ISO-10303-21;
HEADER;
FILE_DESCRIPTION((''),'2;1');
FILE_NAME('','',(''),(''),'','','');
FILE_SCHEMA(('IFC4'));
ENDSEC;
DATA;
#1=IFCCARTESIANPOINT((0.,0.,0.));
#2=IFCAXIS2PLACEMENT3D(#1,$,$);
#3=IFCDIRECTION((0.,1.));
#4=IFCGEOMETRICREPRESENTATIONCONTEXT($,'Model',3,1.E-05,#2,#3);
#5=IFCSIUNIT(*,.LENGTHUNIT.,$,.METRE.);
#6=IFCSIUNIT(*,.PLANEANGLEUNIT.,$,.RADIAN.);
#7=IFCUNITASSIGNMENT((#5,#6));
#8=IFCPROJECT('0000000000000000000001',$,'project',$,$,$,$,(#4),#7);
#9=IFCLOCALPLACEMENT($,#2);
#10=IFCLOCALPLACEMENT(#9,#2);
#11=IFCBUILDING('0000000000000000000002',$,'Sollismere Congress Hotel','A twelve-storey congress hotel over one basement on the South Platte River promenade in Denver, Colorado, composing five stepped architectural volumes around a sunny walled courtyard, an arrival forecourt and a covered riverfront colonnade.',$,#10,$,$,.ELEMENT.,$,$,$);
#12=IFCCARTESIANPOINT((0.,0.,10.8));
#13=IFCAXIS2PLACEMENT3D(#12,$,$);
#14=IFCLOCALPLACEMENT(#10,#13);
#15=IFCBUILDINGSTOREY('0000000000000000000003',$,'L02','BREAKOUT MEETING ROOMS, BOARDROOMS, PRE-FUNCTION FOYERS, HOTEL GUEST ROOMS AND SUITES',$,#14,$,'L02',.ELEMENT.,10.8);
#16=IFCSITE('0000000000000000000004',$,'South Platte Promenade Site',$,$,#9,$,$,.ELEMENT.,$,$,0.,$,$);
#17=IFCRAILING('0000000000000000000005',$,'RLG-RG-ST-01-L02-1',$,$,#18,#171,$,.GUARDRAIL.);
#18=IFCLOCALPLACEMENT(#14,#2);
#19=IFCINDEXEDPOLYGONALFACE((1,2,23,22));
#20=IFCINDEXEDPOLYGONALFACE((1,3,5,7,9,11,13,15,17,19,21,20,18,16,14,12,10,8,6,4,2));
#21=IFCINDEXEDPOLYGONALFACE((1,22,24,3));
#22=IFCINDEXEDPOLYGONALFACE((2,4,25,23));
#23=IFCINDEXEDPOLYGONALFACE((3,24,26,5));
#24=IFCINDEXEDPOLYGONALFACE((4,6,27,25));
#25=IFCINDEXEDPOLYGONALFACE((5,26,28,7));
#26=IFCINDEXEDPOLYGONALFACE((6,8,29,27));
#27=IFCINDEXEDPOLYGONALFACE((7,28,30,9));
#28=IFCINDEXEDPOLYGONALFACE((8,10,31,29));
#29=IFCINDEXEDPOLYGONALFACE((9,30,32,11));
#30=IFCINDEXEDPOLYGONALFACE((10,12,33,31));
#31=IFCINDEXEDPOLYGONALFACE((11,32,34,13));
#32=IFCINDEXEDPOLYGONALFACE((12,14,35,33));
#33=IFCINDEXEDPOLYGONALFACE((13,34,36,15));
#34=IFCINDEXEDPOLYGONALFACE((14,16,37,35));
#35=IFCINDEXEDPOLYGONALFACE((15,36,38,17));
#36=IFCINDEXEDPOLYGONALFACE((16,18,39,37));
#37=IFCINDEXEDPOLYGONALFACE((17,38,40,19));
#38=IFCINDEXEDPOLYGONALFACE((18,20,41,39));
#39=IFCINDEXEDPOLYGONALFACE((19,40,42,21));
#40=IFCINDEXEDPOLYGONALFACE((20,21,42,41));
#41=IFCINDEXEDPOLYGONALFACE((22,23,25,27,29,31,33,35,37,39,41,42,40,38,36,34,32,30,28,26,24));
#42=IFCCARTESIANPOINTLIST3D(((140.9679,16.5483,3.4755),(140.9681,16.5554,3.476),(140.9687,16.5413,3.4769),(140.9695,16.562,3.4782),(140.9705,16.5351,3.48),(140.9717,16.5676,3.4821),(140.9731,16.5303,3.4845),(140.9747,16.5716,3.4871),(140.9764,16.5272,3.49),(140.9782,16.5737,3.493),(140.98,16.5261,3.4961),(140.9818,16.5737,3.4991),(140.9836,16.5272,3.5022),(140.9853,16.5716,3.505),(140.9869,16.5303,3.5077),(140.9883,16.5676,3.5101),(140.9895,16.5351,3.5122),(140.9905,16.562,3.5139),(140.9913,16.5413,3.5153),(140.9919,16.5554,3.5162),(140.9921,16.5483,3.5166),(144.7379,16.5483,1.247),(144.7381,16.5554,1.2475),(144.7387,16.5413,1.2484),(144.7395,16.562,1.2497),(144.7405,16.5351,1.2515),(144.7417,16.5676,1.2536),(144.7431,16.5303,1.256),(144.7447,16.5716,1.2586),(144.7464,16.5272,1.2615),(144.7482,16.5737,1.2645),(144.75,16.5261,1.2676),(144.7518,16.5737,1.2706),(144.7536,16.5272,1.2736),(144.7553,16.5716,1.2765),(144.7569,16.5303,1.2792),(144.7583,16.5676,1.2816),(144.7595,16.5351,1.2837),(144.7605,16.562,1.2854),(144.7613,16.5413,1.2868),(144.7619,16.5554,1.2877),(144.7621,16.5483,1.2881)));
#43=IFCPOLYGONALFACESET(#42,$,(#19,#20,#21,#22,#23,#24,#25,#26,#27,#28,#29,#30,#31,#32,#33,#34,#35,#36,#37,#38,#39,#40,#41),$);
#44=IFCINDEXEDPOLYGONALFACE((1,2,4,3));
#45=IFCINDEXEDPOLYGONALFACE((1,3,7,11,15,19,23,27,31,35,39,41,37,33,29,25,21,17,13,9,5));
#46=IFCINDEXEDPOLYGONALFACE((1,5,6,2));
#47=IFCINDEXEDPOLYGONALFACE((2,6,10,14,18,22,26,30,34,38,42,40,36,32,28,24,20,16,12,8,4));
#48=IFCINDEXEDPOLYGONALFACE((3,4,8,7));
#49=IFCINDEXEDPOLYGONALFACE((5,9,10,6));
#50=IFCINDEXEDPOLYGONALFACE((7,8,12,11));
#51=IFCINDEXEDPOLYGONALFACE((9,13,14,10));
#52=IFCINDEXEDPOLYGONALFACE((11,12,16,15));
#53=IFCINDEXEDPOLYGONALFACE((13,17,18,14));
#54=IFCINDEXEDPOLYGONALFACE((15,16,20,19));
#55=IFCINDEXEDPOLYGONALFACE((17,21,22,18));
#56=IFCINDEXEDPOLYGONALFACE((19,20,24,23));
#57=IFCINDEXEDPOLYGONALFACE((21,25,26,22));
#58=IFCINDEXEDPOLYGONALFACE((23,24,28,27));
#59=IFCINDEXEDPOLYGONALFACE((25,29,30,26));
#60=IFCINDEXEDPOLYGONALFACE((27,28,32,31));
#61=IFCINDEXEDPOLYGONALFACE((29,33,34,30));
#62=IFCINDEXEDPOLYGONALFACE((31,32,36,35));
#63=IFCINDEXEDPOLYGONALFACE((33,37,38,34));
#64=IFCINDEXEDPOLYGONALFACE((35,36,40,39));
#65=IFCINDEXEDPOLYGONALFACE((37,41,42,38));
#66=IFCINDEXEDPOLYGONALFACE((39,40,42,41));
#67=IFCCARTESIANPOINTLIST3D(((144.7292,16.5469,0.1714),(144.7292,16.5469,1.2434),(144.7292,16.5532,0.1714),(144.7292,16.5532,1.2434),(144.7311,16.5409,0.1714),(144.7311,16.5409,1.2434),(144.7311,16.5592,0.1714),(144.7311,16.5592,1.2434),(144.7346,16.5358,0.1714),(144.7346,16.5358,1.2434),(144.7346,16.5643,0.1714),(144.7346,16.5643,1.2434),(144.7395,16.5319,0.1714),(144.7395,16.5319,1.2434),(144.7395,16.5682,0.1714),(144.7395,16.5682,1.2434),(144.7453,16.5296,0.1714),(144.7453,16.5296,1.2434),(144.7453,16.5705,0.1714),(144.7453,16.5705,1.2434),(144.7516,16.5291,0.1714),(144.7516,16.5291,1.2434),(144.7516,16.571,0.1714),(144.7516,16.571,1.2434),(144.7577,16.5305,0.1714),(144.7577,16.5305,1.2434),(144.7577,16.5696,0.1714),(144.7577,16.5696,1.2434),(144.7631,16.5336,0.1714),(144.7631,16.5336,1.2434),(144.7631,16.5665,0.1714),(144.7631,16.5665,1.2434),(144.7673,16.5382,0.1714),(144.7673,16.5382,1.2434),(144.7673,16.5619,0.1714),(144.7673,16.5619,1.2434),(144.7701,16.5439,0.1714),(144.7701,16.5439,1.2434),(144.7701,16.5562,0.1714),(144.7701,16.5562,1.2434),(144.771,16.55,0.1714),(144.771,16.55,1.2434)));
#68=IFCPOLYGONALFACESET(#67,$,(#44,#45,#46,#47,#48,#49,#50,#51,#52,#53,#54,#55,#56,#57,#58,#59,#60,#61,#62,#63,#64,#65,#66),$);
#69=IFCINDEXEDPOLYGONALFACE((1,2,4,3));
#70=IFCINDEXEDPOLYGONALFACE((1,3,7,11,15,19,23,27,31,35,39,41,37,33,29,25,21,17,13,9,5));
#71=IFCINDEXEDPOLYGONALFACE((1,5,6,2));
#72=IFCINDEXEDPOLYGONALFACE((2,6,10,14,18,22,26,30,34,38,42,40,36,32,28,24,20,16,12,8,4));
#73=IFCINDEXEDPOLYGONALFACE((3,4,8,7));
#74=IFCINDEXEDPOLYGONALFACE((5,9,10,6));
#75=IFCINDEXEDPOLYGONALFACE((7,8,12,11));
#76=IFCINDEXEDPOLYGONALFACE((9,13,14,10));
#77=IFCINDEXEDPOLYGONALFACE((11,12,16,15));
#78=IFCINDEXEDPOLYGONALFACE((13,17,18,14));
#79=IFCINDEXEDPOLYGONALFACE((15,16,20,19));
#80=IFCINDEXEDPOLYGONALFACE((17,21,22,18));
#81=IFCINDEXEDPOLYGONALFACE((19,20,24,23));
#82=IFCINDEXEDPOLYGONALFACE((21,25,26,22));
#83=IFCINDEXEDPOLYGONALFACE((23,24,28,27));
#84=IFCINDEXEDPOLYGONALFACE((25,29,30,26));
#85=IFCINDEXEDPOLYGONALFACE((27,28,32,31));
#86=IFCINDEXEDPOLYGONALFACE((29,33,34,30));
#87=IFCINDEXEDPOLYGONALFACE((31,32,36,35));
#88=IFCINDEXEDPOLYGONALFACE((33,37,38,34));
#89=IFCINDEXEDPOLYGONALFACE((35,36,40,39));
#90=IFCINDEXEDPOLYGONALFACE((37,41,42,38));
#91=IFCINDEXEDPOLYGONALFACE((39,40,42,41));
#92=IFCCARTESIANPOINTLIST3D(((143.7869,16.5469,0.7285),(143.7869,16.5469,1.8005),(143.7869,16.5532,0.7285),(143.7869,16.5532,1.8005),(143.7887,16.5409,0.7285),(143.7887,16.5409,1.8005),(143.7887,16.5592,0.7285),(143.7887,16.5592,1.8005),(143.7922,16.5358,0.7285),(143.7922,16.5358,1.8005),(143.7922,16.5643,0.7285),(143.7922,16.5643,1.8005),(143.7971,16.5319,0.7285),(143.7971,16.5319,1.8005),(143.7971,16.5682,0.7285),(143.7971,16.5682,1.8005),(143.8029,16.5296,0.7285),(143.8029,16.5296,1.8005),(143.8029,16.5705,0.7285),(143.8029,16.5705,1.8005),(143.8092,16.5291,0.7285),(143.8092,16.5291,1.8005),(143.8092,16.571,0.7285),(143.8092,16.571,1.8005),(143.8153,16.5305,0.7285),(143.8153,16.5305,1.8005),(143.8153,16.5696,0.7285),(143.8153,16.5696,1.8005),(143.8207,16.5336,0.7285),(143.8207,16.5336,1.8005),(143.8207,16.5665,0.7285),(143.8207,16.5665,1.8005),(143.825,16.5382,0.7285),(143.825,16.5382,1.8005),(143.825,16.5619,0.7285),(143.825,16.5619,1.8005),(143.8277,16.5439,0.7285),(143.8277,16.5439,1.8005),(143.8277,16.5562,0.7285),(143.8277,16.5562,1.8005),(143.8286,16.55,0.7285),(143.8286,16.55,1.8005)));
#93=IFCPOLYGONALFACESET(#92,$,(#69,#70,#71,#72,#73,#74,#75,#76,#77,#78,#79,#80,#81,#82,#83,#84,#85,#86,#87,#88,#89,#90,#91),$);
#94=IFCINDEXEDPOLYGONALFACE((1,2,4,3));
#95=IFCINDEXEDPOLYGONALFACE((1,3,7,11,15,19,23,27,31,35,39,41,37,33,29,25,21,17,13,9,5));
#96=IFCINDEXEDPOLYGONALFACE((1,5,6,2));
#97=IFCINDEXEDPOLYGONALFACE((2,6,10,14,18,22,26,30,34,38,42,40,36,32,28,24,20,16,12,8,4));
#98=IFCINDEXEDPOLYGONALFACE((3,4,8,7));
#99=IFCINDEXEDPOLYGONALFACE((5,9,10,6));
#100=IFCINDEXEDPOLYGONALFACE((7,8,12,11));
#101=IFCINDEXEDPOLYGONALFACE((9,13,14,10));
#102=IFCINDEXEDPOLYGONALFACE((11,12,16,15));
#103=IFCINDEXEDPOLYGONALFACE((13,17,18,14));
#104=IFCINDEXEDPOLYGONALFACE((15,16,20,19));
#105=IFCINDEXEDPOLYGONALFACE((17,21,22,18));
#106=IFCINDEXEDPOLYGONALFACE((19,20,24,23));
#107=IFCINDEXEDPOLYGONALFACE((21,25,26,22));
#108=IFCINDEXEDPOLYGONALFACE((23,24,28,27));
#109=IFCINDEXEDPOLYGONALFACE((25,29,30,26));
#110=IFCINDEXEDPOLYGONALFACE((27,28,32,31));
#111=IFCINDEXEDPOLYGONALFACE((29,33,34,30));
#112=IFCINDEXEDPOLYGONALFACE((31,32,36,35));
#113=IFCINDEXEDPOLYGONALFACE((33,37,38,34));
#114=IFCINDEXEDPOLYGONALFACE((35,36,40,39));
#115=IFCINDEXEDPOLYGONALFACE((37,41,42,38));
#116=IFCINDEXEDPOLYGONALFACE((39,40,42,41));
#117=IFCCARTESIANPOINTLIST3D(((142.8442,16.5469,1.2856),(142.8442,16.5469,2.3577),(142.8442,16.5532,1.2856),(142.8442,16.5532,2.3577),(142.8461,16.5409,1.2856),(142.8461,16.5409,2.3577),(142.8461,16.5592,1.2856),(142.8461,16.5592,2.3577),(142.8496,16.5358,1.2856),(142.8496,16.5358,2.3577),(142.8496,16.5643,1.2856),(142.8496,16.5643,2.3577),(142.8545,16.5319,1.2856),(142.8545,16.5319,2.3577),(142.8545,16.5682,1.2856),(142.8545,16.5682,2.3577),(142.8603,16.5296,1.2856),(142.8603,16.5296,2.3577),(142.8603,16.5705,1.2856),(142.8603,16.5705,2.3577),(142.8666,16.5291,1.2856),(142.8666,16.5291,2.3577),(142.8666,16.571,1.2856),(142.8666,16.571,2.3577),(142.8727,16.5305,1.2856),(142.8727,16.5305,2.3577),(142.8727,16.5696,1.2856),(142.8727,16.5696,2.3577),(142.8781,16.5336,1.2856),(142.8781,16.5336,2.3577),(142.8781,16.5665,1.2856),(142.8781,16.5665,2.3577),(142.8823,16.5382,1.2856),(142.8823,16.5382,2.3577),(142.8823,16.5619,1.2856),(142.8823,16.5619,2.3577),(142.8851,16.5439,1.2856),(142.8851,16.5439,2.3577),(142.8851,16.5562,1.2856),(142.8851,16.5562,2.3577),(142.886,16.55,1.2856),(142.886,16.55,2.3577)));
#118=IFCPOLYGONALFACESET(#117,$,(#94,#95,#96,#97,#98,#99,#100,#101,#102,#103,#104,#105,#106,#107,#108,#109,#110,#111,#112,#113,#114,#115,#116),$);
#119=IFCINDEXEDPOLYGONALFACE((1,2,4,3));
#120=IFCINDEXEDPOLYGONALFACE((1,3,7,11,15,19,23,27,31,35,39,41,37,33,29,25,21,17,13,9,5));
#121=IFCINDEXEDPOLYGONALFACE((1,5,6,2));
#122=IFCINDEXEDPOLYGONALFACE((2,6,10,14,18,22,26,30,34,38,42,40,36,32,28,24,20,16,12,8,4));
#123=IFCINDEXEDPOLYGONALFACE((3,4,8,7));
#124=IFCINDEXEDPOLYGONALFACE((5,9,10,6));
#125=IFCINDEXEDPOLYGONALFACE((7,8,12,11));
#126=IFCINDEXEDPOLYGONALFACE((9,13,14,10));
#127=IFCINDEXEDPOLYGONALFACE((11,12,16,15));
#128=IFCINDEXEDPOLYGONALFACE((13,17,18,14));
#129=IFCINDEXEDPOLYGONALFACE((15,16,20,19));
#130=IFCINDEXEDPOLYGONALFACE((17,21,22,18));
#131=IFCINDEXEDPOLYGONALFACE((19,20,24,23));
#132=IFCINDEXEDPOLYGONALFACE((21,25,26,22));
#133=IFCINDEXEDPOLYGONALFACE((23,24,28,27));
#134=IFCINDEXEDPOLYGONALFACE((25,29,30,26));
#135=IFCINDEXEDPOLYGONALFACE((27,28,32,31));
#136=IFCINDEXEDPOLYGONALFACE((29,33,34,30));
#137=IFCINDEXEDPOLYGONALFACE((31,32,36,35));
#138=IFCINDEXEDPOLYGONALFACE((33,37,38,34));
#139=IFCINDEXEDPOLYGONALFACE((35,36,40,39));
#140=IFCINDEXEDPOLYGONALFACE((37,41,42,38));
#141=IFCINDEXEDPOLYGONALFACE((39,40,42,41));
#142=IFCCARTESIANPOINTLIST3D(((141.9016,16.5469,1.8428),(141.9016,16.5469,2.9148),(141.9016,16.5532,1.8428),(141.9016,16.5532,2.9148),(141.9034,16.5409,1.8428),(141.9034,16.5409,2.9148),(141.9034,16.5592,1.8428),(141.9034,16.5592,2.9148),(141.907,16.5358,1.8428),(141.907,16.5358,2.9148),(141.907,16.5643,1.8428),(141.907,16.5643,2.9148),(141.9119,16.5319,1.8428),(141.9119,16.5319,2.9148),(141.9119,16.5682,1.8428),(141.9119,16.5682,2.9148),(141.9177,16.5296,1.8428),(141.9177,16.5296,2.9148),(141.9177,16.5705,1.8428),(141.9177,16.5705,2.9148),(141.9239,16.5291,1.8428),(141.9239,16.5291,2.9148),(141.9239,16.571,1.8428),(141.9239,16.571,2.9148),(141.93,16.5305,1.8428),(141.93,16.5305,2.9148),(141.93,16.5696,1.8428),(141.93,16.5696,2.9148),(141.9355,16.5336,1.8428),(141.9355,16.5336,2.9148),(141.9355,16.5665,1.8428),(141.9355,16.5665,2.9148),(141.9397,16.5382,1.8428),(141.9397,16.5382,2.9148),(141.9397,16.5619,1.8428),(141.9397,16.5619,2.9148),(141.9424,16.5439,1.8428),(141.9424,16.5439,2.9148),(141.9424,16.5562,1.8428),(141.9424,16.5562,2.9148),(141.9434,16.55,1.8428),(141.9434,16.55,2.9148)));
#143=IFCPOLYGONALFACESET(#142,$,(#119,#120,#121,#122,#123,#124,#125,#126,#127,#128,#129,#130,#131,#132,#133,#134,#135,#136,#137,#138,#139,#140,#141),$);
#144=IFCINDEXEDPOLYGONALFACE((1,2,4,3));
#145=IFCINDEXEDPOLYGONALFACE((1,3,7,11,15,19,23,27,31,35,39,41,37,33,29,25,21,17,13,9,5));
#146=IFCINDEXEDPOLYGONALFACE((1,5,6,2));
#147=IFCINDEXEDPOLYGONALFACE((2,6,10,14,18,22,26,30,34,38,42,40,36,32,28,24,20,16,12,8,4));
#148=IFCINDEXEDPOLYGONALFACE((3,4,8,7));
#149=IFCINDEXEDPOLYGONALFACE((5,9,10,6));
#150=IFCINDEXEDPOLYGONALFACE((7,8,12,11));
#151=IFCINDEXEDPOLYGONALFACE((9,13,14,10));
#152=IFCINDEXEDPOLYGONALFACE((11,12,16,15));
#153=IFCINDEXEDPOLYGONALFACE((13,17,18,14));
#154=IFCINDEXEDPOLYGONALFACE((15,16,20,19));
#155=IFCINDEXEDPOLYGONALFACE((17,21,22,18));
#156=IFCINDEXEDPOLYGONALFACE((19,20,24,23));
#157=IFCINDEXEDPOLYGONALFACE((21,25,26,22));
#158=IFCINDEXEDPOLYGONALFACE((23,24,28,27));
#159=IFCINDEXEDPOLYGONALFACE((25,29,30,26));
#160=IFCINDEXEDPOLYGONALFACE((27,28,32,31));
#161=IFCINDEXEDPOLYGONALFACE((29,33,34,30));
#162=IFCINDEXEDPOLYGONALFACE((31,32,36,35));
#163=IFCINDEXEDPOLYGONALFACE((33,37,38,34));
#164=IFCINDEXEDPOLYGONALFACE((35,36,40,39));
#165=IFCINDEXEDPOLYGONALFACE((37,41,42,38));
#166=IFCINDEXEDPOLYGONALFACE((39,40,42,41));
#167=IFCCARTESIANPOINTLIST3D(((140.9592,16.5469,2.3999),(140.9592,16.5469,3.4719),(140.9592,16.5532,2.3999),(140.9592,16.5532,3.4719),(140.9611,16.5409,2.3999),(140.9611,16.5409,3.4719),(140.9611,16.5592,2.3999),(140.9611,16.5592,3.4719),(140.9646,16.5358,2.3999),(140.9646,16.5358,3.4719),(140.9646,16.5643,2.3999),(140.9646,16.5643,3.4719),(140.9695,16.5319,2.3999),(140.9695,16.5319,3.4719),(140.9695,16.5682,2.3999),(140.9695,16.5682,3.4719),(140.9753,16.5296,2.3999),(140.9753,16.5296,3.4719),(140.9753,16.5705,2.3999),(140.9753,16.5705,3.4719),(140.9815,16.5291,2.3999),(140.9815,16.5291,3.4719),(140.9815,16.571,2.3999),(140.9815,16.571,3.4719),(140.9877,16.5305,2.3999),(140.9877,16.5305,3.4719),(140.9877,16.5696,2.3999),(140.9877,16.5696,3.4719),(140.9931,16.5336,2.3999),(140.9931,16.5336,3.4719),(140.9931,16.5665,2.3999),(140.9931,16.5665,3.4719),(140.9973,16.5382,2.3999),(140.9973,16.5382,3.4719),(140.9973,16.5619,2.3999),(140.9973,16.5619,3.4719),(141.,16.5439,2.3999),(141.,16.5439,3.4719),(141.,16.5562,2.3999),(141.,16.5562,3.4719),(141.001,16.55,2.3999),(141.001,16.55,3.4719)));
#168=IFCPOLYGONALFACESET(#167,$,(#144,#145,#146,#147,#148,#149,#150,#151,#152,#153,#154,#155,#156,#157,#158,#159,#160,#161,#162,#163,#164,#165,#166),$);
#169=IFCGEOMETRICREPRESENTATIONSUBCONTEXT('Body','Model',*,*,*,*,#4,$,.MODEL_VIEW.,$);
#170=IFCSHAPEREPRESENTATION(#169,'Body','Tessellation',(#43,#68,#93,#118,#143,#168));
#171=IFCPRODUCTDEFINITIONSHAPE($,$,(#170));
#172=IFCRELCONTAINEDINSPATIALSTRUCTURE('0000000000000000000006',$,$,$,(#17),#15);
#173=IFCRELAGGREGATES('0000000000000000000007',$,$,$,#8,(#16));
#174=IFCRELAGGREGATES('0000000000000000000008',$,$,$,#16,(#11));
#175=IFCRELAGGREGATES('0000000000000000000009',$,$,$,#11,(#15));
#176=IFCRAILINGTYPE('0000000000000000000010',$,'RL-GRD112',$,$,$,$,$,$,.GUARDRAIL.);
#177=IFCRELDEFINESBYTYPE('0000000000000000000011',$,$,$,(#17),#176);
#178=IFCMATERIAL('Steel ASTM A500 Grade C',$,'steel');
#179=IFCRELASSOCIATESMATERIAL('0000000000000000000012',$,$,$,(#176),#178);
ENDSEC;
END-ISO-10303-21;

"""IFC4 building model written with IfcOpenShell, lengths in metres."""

from ifc_helpers import new_model, si_unit, direction, frame, origin, origin_2d, place, context, subcontext, project, spatial, circle, extrude, material, type_object, element, save


model = new_model("IFC4")

# Units and contexts
model_context = context("Model", 3, precision=1e-05, world=origin(), true_north=direction((0.0, 1.0)))
body_context = subcontext(model_context, "Body", "Model", "MODEL_VIEW")
ifc_project = project(units=[si_unit("LENGTHUNIT", "METRE"), si_unit("PLANEANGLEUNIT", "RADIAN")], contexts=[model_context])

# Site, building, storey
site_placement = place(None, origin())
site = spatial("IfcSite", under=ifc_project, at=site_placement, Name="South Platte Promenade Site", CompositionType="ELEMENT", RefElevation=0.0)
building_placement = place(site_placement, origin())
building = spatial("IfcBuilding", under=site, at=building_placement, Name="Sollismere Congress Hotel", Description="A twelve-storey congress hotel over one basement on the South Platte River promenade in Denver, Colorado, composing five stepped architectural volumes around a sunny walled courtyard, an arrival forecourt and a covered riverfront colonnade.", CompositionType="ELEMENT")
storey_placement = place(building_placement, frame((0.0, 0.0, 10.8)))
storey = spatial("IfcBuildingStorey", under=building, at=storey_placement, Name="L02", Description="BREAKOUT MEETING ROOMS, BOARDROOMS, PRE-FUNCTION FOYERS, HOTEL GUEST ROOMS AND SUITES", LongName="L02", CompositionType="ELEMENT", Elevation=10.8)

# Railing
ifc_material_1 = material(Name="Steel ASTM A500 Grade C", Category="steel")
railing_type_1 = type_object("IfcRailingType", Name="RL-GRD112", PredefinedType="GUARDRAIL", material=ifc_material_1)
railing_1_placement = place(storey_placement, frame((144.75, 16.55, 0.1714)))
element("IfcRailing", 1, at=railing_1_placement, inside=storey, type_object=railing_type_1, Name="RLG-RG-ST-01-L02-1", PredefinedType="GUARDRAIL", context=body_context, shape_type="SweptSolid", body=[
    extrude(circle(Radius=0.0239, at=origin_2d()), frame((0.0, 0.0, 1.0962), z_axis=(-0.860849, 0.0, 0.508861), x_axis=(0.0, -1.0, 0.0)), (0.0, 0.0, 1.0), 4.3794),
    extrude(circle(Radius=0.021, at=origin_2d()), origin(), (0.0, 0.0, 1.0), 1.072),
    extrude(circle(Radius=0.021, at=origin_2d()), frame((-0.9424, 0.0, 0.5571)), (0.0, 0.0, 1.0), 1.072),
    extrude(circle(Radius=0.021, at=origin_2d()), frame((-1.885, 0.0, 1.1143)), (0.0, 0.0, 1.0), 1.072),
    extrude(circle(Radius=0.021, at=origin_2d()), frame((-2.8276, 0.0, 1.6714)), (0.0, 0.0, 1.0), 1.072),
    extrude(circle(Radius=0.021, at=origin_2d()), frame((-3.77, 0.0, 2.2285)), (0.0, 0.0, 1.0), 1.072),
])

save(model, "model.ifc")
